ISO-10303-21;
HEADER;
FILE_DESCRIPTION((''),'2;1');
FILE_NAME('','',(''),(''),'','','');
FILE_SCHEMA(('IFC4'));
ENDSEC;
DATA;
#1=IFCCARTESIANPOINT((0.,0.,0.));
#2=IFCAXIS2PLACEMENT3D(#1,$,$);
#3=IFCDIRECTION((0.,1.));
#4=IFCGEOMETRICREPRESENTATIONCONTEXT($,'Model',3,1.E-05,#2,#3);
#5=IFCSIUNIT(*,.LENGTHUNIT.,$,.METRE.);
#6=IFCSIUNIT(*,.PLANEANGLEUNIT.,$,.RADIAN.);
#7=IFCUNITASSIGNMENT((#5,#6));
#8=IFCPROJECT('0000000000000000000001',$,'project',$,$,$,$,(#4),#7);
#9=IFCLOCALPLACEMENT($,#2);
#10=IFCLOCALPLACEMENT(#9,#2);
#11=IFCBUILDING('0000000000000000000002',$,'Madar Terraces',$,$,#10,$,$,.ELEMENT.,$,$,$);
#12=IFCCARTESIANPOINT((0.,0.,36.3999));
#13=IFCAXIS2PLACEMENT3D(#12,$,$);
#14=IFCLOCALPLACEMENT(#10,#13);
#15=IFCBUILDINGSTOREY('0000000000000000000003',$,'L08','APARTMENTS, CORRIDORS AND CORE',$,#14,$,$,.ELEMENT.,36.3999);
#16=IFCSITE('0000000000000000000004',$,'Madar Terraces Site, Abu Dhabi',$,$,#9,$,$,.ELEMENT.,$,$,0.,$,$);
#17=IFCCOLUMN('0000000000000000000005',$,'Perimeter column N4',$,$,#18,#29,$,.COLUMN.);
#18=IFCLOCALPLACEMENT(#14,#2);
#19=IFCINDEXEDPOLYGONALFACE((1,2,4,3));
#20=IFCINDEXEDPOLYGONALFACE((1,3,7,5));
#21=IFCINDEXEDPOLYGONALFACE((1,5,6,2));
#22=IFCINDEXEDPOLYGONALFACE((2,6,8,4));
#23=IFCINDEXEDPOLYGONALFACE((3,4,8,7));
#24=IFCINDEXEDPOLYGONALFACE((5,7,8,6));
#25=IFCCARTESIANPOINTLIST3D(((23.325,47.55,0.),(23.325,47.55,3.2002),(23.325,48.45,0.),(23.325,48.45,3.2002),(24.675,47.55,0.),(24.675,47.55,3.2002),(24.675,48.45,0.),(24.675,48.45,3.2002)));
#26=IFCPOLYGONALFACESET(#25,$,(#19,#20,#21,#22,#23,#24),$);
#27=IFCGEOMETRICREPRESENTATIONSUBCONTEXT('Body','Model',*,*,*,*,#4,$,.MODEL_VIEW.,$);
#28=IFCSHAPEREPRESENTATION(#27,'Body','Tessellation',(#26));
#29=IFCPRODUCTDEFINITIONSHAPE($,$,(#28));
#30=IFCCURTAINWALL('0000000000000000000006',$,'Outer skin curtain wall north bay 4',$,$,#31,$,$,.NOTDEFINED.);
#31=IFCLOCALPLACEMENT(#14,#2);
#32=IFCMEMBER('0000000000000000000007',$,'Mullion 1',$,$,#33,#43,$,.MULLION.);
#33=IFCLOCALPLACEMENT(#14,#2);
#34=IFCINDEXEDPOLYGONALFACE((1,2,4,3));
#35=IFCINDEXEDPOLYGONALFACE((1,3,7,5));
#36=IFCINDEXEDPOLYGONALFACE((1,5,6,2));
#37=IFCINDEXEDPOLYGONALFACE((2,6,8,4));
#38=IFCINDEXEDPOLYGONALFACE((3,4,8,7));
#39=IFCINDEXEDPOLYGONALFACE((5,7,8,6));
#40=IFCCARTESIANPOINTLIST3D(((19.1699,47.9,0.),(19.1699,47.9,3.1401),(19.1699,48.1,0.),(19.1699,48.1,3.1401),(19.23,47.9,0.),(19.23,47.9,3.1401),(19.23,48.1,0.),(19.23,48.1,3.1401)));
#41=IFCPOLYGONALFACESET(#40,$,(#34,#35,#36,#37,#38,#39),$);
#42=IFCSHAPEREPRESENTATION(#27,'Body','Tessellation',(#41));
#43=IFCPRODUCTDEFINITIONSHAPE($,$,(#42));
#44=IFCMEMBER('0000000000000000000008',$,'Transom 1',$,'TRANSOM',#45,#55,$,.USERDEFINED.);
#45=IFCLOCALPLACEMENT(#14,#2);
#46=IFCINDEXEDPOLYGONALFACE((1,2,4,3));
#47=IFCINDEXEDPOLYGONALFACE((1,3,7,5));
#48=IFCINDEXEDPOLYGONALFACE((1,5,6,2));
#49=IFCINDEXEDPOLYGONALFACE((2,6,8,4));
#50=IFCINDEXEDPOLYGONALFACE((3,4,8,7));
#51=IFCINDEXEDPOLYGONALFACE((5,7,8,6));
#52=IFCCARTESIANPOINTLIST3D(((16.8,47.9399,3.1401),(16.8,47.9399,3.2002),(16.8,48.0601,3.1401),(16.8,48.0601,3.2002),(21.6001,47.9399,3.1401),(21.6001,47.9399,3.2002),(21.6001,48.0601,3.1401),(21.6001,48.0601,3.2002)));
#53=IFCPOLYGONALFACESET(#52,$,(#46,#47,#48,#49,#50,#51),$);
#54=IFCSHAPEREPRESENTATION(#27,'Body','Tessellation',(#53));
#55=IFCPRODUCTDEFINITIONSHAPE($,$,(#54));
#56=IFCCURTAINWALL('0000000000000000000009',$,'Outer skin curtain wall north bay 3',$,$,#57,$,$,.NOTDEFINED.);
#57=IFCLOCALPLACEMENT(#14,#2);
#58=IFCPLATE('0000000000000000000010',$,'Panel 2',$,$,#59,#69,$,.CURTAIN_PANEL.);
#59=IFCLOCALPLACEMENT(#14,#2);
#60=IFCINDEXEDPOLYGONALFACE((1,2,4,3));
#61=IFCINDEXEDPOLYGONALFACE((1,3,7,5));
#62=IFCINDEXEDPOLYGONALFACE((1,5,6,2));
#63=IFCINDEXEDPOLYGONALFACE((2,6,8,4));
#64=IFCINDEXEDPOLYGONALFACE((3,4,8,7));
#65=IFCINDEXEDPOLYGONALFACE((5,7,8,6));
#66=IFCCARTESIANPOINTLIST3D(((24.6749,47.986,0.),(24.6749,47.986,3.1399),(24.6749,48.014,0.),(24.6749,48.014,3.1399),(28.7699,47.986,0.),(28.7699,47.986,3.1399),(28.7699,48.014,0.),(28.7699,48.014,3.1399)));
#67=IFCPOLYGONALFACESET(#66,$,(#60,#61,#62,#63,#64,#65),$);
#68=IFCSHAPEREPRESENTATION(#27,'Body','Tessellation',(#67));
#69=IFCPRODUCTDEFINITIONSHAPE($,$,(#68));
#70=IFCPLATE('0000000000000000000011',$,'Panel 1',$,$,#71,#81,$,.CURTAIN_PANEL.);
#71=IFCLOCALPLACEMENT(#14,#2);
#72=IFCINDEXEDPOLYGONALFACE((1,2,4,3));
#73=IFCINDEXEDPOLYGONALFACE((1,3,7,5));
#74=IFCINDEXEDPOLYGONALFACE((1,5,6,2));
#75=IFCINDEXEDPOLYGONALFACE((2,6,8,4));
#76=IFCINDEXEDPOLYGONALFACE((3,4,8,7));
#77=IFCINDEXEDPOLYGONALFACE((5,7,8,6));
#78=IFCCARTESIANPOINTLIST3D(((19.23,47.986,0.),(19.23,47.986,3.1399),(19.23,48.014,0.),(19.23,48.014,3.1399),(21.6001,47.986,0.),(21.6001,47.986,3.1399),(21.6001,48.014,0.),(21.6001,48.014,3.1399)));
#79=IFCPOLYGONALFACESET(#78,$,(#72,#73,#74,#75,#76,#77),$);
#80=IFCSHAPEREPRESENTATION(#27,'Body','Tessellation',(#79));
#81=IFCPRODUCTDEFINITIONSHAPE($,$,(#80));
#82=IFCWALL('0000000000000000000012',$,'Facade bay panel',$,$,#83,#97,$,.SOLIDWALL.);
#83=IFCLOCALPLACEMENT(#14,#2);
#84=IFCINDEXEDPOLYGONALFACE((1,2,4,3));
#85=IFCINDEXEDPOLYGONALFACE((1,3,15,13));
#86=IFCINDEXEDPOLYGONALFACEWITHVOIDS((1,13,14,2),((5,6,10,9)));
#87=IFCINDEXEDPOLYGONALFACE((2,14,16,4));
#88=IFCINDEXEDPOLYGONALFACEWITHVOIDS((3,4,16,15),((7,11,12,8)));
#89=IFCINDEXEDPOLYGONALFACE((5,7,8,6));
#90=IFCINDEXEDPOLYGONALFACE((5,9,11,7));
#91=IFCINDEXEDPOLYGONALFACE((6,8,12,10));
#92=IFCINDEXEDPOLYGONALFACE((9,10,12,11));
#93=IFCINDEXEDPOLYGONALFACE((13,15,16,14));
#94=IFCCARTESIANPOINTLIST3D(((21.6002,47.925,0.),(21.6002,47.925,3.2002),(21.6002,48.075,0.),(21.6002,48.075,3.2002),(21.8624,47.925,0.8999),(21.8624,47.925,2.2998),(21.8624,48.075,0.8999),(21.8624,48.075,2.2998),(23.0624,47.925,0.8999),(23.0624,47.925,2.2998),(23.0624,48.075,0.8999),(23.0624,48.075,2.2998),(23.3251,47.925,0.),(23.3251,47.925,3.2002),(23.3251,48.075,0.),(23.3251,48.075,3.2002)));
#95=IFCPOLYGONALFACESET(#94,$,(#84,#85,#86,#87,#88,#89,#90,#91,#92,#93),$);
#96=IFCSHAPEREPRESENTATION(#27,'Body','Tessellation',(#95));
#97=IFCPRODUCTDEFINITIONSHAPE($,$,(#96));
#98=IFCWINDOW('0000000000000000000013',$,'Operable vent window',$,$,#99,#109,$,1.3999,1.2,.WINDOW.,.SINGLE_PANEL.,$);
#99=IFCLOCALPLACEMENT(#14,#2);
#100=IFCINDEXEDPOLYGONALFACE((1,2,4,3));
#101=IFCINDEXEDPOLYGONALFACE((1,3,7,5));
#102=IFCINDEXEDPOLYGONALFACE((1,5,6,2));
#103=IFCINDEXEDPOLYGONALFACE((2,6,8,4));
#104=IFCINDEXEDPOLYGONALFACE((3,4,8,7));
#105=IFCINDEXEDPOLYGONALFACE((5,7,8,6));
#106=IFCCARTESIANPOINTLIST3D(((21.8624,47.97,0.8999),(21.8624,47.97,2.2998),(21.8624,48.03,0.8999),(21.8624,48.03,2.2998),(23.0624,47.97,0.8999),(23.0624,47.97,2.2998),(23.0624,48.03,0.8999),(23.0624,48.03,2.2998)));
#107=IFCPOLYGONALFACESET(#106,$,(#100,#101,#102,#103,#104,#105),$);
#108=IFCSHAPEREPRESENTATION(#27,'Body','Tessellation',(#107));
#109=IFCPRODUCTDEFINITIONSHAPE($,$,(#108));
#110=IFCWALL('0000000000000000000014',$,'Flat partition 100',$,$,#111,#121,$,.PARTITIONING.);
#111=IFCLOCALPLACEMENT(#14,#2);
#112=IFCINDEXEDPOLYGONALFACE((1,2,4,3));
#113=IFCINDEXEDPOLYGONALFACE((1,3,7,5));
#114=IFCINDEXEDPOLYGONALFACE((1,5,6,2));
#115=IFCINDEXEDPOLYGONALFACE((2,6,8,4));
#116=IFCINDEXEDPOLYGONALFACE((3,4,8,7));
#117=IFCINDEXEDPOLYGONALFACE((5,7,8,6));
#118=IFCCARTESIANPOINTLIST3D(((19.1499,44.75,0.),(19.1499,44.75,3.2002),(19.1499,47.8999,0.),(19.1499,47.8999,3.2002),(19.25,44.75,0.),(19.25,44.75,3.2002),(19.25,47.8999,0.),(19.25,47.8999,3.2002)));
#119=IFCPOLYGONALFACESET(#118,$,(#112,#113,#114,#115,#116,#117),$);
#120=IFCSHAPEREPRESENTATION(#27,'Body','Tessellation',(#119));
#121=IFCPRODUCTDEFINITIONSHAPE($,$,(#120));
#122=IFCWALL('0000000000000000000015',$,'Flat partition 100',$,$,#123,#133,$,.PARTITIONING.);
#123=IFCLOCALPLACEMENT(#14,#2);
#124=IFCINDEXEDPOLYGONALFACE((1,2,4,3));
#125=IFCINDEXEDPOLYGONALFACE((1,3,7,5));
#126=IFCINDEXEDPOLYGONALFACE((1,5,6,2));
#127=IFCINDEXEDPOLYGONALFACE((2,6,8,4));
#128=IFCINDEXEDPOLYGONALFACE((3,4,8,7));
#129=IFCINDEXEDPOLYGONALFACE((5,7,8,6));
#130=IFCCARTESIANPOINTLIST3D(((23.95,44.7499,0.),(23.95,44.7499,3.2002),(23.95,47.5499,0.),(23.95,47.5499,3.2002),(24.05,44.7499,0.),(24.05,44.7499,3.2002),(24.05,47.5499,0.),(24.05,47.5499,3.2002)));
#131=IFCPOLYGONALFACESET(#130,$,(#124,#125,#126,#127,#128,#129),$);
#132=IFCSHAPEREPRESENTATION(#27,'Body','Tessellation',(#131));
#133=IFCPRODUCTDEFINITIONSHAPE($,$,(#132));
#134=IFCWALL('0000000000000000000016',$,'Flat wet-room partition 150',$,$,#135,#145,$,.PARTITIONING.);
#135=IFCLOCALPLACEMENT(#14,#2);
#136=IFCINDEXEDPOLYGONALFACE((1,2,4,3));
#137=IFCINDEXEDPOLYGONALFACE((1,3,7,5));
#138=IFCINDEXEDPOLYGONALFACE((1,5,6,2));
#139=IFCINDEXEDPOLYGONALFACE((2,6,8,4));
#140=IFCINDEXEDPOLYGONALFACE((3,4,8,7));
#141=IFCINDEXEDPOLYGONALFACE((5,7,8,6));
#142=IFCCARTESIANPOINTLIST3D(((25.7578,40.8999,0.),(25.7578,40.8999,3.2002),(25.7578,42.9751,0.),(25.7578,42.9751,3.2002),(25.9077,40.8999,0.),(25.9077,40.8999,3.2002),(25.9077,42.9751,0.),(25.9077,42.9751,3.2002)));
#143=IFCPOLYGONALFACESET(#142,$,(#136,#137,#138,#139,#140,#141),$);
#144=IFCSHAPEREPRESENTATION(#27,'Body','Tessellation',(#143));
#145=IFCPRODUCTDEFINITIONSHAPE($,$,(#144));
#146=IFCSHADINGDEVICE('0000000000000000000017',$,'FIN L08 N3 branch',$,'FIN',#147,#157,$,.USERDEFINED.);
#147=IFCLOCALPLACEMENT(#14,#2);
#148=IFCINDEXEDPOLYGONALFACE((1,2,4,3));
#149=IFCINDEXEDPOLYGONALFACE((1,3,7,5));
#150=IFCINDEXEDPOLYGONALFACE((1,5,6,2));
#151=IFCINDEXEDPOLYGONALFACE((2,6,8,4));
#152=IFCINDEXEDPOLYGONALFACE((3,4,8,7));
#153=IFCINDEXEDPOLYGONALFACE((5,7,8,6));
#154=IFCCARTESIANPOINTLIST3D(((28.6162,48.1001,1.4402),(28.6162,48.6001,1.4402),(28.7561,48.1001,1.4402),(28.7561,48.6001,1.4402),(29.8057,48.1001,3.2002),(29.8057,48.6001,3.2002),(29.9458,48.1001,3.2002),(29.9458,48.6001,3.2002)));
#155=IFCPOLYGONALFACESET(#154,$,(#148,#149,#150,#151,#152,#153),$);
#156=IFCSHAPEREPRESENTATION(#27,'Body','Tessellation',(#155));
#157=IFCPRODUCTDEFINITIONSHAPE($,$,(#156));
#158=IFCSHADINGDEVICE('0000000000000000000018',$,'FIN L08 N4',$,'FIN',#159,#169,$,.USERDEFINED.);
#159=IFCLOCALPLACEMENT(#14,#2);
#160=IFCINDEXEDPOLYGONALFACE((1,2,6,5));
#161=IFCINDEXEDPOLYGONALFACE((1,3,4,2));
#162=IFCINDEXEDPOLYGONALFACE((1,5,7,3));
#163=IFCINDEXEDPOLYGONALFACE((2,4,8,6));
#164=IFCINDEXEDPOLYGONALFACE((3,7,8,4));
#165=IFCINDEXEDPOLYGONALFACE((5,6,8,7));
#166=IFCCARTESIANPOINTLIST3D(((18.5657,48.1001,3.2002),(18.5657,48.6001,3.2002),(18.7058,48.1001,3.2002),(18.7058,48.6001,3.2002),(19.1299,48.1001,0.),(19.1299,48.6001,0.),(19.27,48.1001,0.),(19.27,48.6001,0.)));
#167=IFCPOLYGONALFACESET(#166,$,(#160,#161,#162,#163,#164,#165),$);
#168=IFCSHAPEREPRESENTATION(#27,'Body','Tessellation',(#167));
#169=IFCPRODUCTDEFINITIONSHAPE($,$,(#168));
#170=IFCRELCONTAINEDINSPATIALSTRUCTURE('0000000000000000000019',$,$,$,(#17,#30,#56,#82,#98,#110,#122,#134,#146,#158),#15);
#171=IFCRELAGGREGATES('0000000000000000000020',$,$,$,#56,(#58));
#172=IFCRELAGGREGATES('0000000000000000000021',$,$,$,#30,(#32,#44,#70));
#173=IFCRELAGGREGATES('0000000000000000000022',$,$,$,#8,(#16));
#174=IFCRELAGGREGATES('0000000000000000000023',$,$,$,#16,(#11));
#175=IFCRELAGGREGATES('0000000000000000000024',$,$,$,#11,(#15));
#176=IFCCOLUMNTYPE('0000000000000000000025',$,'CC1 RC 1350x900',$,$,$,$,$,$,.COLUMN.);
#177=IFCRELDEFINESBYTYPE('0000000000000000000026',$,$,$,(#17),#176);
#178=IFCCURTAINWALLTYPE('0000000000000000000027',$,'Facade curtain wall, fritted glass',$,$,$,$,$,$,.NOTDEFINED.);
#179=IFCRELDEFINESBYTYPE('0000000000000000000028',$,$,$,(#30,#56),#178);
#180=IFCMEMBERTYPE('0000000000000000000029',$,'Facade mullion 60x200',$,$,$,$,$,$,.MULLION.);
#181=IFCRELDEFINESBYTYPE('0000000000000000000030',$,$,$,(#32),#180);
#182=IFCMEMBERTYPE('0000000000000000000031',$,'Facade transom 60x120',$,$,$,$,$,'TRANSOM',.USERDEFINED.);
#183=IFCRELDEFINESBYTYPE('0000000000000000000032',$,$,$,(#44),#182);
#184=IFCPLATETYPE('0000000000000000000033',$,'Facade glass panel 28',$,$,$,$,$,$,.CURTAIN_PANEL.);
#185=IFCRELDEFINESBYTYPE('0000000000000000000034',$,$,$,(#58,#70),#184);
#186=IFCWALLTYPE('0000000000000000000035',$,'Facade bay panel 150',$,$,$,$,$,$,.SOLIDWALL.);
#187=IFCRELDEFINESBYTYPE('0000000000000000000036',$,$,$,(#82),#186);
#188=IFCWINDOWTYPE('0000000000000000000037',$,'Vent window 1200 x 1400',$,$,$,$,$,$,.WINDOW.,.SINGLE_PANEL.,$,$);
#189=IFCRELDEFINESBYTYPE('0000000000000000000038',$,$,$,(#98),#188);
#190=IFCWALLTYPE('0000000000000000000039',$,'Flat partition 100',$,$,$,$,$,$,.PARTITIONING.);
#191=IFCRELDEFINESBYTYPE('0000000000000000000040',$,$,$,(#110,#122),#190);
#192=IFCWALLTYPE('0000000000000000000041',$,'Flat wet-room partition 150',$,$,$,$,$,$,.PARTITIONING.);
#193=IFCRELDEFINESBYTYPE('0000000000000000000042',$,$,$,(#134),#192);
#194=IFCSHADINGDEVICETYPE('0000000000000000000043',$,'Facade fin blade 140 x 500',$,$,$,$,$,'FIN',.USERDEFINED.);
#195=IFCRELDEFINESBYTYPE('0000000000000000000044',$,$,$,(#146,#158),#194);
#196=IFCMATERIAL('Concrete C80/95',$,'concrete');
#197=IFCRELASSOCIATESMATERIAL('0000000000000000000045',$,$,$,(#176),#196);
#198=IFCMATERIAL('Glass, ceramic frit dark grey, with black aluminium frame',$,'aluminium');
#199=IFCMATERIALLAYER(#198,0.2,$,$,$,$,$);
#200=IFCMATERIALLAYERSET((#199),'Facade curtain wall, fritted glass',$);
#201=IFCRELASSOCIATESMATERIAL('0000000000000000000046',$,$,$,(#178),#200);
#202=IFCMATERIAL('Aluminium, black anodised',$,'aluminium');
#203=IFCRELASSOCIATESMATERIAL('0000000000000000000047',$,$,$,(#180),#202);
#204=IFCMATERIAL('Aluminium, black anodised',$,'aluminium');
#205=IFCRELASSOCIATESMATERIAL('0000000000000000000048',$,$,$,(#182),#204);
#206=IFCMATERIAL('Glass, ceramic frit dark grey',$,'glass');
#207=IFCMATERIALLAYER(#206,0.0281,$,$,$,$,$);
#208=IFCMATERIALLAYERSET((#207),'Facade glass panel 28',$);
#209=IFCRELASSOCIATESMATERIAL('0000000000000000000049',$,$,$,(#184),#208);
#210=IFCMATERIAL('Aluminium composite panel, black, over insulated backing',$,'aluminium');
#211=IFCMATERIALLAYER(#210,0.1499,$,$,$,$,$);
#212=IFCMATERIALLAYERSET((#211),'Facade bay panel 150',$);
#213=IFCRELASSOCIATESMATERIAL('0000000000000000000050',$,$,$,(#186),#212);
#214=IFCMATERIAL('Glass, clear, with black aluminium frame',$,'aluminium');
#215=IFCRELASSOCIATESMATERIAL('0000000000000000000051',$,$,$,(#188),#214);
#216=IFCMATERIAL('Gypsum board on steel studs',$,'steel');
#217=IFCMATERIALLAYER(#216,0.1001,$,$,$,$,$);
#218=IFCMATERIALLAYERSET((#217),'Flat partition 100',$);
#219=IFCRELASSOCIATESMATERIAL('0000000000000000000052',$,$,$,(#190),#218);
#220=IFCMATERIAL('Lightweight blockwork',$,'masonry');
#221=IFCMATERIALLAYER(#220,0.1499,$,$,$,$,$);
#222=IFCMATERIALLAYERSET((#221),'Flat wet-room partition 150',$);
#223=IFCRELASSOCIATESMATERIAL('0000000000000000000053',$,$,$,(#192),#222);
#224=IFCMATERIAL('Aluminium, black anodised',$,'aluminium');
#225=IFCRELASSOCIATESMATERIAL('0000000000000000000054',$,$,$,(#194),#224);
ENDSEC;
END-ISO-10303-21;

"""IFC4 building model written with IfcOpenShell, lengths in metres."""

from ifc_helpers import new_model, si_unit, direction, frame, frame_2d, origin, origin_2d, place, context, subcontext, project, spatial, polyline, rectangle, outline, extrude, material, layer, layer_set, material_profile, profile_set, type_object, element, fill, aggregate, save


model = new_model("IFC4")

# Units and contexts
model_context = context("Model", 3, precision=1e-05, world=origin(), true_north=direction((0.0, 1.0)))
body_context = subcontext(model_context, "Body", "Model", "MODEL_VIEW")
ifc_project = project(units=[si_unit("LENGTHUNIT", "METRE"), si_unit("PLANEANGLEUNIT", "RADIAN")], contexts=[model_context])

# Site, building, storey
site_placement = place(None, origin())
site = spatial("IfcSite", under=ifc_project, at=site_placement, Name="Madar Terraces Site, Abu Dhabi", CompositionType="ELEMENT", RefElevation=0.0)
building_placement = place(site_placement, origin())
building = spatial("IfcBuilding", under=site, at=building_placement, Name="Madar Terraces", CompositionType="ELEMENT")
storey_placement = place(building_placement, frame((0.0, 0.0, 36.3999)))
storey = spatial("IfcBuildingStorey", under=building, at=storey_placement, Name="L08", Description="APARTMENTS, CORRIDORS AND CORE", CompositionType="ELEMENT", Elevation=36.3999)

# Column
ifc_material_1 = material(Name="Concrete C80/95", Category="concrete")
ifc_material_profile_1 = material_profile(ifc_material_1, rectangle(XDim=1.3501, YDim=0.8999, at=origin_2d()), Name="CC1 RC 1350x900")
ifc_profile_set_1 = profile_set([ifc_material_profile_1], Name="Concrete C80/95")
column_type = type_object("IfcColumnType", Name="CC1 RC 1350x900", PredefinedType="COLUMN", material=ifc_profile_set_1)
column_placement = place(storey_placement, frame((24.0, 48.0, 0.0), z_axis=(0.0, 0.0, 1.0), x_axis=(1.0, 0.0, 0.0)))
element("IfcColumn", 1, at=column_placement, inside=storey, type_object=column_type, Name="Perimeter column N4", PredefinedType="COLUMN", context=body_context, shape_type="SweptSolid", body=[
    extrude(rectangle(XDim=1.3501, YDim=0.8999, at=origin_2d()), origin(), (0.0, 0.0, 1.0), 3.2002),
])

# Curtain wall, members
ifc_material_2 = material(Name="Glass, ceramic frit dark grey, with black aluminium frame", Category="aluminium")
ifc_layer_1 = layer(ifc_material_2, 0.2)
ifc_layer_set_1 = layer_set([ifc_layer_1], Name="Facade curtain wall, fritted glass")
curtain_wall_type = type_object("IfcCurtainWallType", Name="Facade curtain wall, fritted glass", PredefinedType="NOTDEFINED", material=ifc_layer_set_1)
curtain_wall_1_placement = place(storey_placement, origin())
curtain_wall_1 = element("IfcCurtainWall", 2, at=curtain_wall_1_placement, inside=storey, type_object=curtain_wall_type, Name="Outer skin curtain wall north bay 4", PredefinedType="NOTDEFINED")
ifc_material_3 = material(Name="Aluminium, black anodised", Category="aluminium")
ifc_material_profile_2 = material_profile(ifc_material_3, rectangle(XDim=0.2, YDim=0.0601, at=origin_2d()), Name="Facade mullion 60x200")
ifc_profile_set_2 = profile_set([ifc_material_profile_2], Name="Aluminium, black anodised")
member_type_1 = type_object("IfcMemberType", Name="Facade mullion 60x200", PredefinedType="MULLION", material=ifc_profile_set_2)
member_1_placement = place(storey_placement, frame((19.2, 48.0, 0.0), z_axis=(0.0, 0.0, 1.0), x_axis=(0.0, -1.0, 0.0)))
member_1 = element("IfcMember", 3, at=member_1_placement, type_object=member_type_1, Name="Mullion 1", PredefinedType="MULLION", context=body_context, shape_type="SweptSolid", body=[
    extrude(rectangle(XDim=0.2, YDim=0.0601, at=origin_2d()), origin(), (0.0, 0.0, 1.0), 3.1401),
])
ifc_material_4 = material(Name="Aluminium, black anodised", Category="aluminium")
ifc_material_profile_3 = material_profile(ifc_material_4, rectangle(XDim=0.1201, YDim=0.0601, at=origin_2d()), Name="Facade transom 60x120")
ifc_profile_set_3 = profile_set([ifc_material_profile_3], Name="Aluminium, black anodised")
member_type_2 = type_object("IfcMemberType", Name="Facade transom 60x120", ElementType="TRANSOM", PredefinedType="USERDEFINED", material=ifc_profile_set_3)
member_2_placement = place(storey_placement, frame((21.6001, 48.0, 3.1702), z_axis=(-1.0, 0.0, 0.0), x_axis=(0.0, -1.0, 0.0)))
member_2 = element("IfcMember", 4, at=member_2_placement, type_object=member_type_2, Name="Transom 1", ObjectType="TRANSOM", PredefinedType="USERDEFINED", context=body_context, shape_type="SweptSolid", body=[
    extrude(rectangle(XDim=0.1201, YDim=0.0601, at=origin_2d()), origin(), (0.0, 0.0, 1.0), 4.8),
])

# Curtain wall, plate
curtain_wall_2_placement = place(storey_placement, origin())
curtain_wall_2 = element("IfcCurtainWall", 5, at=curtain_wall_2_placement, inside=storey, type_object=curtain_wall_type, Name="Outer skin curtain wall north bay 3", PredefinedType="NOTDEFINED")
ifc_material_5 = material(Name="Glass, ceramic frit dark grey", Category="glass")
ifc_layer_2 = layer(ifc_material_5, 0.0281)
ifc_layer_set_2 = layer_set([ifc_layer_2], Name="Facade glass panel 28")
plate_type = type_object("IfcPlateType", Name="Facade glass panel 28", PredefinedType="CURTAIN_PANEL", material=ifc_layer_set_2)
plate_1_placement = place(storey_placement, frame((26.7224, 48.0, 0.0), z_axis=(0.0, 0.0, 1.0), x_axis=(-1.0, 0.0, 0.0)))
plate_1 = element("IfcPlate", 6, at=plate_1_placement, type_object=plate_type, Name="Panel 2", PredefinedType="CURTAIN_PANEL", context=body_context, shape_type="SweptSolid", body=[
    extrude(rectangle(XDim=4.095, YDim=0.0281, at=origin_2d()), origin(), (0.0, 0.0, 1.0), 3.1399),
])
aggregate(curtain_wall_2, [plate_1])

# Plate
plate_2_placement = place(storey_placement, frame((20.415, 48.0, 0.0), z_axis=(0.0, 0.0, 1.0), x_axis=(-1.0, 0.0, 0.0)))
plate_2 = element("IfcPlate", 7, at=plate_2_placement, type_object=plate_type, Name="Panel 1", PredefinedType="CURTAIN_PANEL", context=body_context, shape_type="SweptSolid", body=[
    extrude(rectangle(XDim=2.3701, YDim=0.0281, at=origin_2d()), origin(), (0.0, 0.0, 1.0), 3.1399),
])
aggregate(curtain_wall_1, [member_1, member_2, plate_2])

# Wall, opening, window
ifc_material_6 = material(Name="Aluminium composite panel, black, over insulated backing", Category="aluminium")
ifc_layer_3 = layer(ifc_material_6, 0.1499)
ifc_layer_set_3 = layer_set([ifc_layer_3], Name="Facade bay panel 150")
wall_type_1 = type_object("IfcWallType", Name="Facade bay panel 150", PredefinedType="SOLIDWALL", material=ifc_layer_set_3)
wall_1_placement = place(storey_placement, frame((23.325, 48.0, 0.0), z_axis=(0.0, 0.0, 1.0), x_axis=(-1.0, 0.0, 0.0)))
wall_1 = element("IfcWall", 8, at=wall_1_placement, inside=storey, type_object=wall_type_1, Name="Facade bay panel", PredefinedType="SOLIDWALL", context=body_context, shape_type="SweptSolid", body=[
    extrude(rectangle(XDim=1.7249, YDim=0.1499, at=frame_2d((0.8623, 0.0))), origin(), (0.0, 0.0, 1.0), 3.2002),
])
opening_placement = place(wall_1_placement, frame((0.2625, 0.0, 0.8999)))
opening = element("IfcOpeningElement", 9, at=opening_placement, cuts=wall_1, PredefinedType="OPENING", context=body_context, shape_type="SweptSolid", body=[
    extrude(rectangle(XDim=1.2, YDim=1.3999, at=frame_2d((0.6001, 0.7))), frame((0.0, 0.085, 0.0), z_axis=(0.0, -1.0, 0.0), x_axis=(1.0, 0.0, 0.0)), (0.0, 0.0, 1.0), 0.1699),
])
ifc_material_7 = material(Name="Glass, clear, with black aluminium frame", Category="aluminium")
window_type = type_object("IfcWindowType", Name="Vent window 1200 x 1400", PartitioningType="SINGLE_PANEL", PredefinedType="WINDOW", material=ifc_material_7)
window_placement = place(opening_placement, origin())
window = element("IfcWindow", 10, at=window_placement, inside=storey, type_object=window_type, Name="Operable vent window", OverallHeight=1.3999, OverallWidth=1.2, PartitioningType="SINGLE_PANEL", PredefinedType="WINDOW", context=body_context, shape_type="SweptSolid", body=[
    extrude(rectangle(XDim=1.2, YDim=1.3999, at=frame_2d((0.6001, 0.7))), frame((0.0, 0.03, 0.0), z_axis=(0.0, -1.0, 0.0), x_axis=(1.0, 0.0, 0.0)), (0.0, 0.0, 1.0), 0.0601),
])
fill(opening, window)

# Walls
ifc_material_8 = material(Name="Gypsum board on steel studs", Category="steel")
ifc_layer_4 = layer(ifc_material_8, 0.1001)
ifc_layer_set_4 = layer_set([ifc_layer_4], Name="Flat partition 100")
wall_type_2 = type_object("IfcWallType", Name="Flat partition 100", PredefinedType="PARTITIONING", material=ifc_layer_set_4)
wall_2_placement = place(storey_placement, frame((19.2, 44.75, 0.0), z_axis=(0.0, 0.0, 1.0), x_axis=(0.0, 1.0, 0.0)))
element("IfcWall", 11, at=wall_2_placement, inside=storey, type_object=wall_type_2, Name="Flat partition 100", PredefinedType="PARTITIONING", context=body_context, shape_type="SweptSolid", body=[
    extrude(rectangle(XDim=3.1499, YDim=0.1001, at=frame_2d((1.575, 0.0))), origin(), (0.0, 0.0, 1.0), 3.2002),
])
wall_3_placement = place(storey_placement, frame((24.0, 44.75, 0.0), z_axis=(0.0, 0.0, 1.0), x_axis=(0.0, 1.0, 0.0)))
element("IfcWall", 12, at=wall_3_placement, inside=storey, type_object=wall_type_2, Name="Flat partition 100", PredefinedType="PARTITIONING", context=body_context, shape_type="SweptSolid", body=[
    extrude(rectangle(XDim=2.8, YDim=0.1001, at=frame_2d((1.3999, 0.0))), origin(), (0.0, 0.0, 1.0), 3.2002),
])
ifc_material_9 = material(Name="Lightweight blockwork", Category="masonry")
ifc_layer_5 = layer(ifc_material_9, 0.1499)
ifc_layer_set_5 = layer_set([ifc_layer_5], Name="Flat wet-room partition 150")
wall_type_3 = type_object("IfcWallType", Name="Flat wet-room partition 150", PredefinedType="PARTITIONING", material=ifc_layer_set_5)
wall_4_placement = place(storey_placement, frame((25.8328, 40.8999, 0.0), z_axis=(0.0, 0.0, 1.0), x_axis=(0.0, 1.0, 0.0)))
element("IfcWall", 13, at=wall_4_placement, inside=storey, type_object=wall_type_3, Name="Flat wet-room partition 150", PredefinedType="PARTITIONING", context=body_context, shape_type="SweptSolid", body=[
    extrude(rectangle(XDim=2.0752, YDim=0.1499, at=frame_2d((1.0376, 0.0))), origin(), (0.0, 0.0, 1.0), 3.2002),
])

# Shading devices
ifc_material_10 = material(Name="Aluminium, black anodised", Category="aluminium")
shading_device_type = type_object("IfcShadingDeviceType", Name="Facade fin blade 140 x 500", ElementType="FIN", PredefinedType="USERDEFINED", material=ifc_material_10)
shading_device_1_placement = place(storey_placement, frame((28.7561, 48.3501, 1.4402), z_axis=(0.0, 0.0, 1.0), x_axis=(-1.0, 0.0, 0.0)))
element("IfcShadingDevice", 14, at=shading_device_1_placement, inside=storey, type_object=shading_device_type, Name="FIN L08 N3 branch", ObjectType="FIN", PredefinedType="USERDEFINED", context=body_context, shape_type="SweptSolid", body=[
    extrude(outline(polyline([(0.0, 0.0), (0.1399, 0.0), (-1.0496, 1.76), (-1.1897, 1.76), (0.0, 0.0)])), frame((0.0, 0.25, 0.0), z_axis=(0.0, -1.0, 0.0), x_axis=(1.0, 0.0, 0.0)), (0.0, 0.0, 1.0), 0.5),
])
shading_device_2_placement = place(storey_placement, frame((19.27, 48.3501, 0.0), z_axis=(0.0, 0.0, 1.0), x_axis=(-1.0, 0.0, 0.0)))
element("IfcShadingDevice", 15, at=shading_device_2_placement, inside=storey, type_object=shading_device_type, Name="FIN L08 N4", ObjectType="FIN", PredefinedType="USERDEFINED", context=body_context, shape_type="SweptSolid", body=[
    extrude(outline(polyline([(0.0, 0.0), (0.1401, 0.0), (0.7043, 3.2002), (0.5642, 3.2002), (0.0, 0.0)])), frame((0.0, 0.25, 0.0), z_axis=(0.0, -1.0, 0.0), x_axis=(1.0, 0.0, 0.0)), (0.0, 0.0, 1.0), 0.5),
])

save(model, "model.ifc")
